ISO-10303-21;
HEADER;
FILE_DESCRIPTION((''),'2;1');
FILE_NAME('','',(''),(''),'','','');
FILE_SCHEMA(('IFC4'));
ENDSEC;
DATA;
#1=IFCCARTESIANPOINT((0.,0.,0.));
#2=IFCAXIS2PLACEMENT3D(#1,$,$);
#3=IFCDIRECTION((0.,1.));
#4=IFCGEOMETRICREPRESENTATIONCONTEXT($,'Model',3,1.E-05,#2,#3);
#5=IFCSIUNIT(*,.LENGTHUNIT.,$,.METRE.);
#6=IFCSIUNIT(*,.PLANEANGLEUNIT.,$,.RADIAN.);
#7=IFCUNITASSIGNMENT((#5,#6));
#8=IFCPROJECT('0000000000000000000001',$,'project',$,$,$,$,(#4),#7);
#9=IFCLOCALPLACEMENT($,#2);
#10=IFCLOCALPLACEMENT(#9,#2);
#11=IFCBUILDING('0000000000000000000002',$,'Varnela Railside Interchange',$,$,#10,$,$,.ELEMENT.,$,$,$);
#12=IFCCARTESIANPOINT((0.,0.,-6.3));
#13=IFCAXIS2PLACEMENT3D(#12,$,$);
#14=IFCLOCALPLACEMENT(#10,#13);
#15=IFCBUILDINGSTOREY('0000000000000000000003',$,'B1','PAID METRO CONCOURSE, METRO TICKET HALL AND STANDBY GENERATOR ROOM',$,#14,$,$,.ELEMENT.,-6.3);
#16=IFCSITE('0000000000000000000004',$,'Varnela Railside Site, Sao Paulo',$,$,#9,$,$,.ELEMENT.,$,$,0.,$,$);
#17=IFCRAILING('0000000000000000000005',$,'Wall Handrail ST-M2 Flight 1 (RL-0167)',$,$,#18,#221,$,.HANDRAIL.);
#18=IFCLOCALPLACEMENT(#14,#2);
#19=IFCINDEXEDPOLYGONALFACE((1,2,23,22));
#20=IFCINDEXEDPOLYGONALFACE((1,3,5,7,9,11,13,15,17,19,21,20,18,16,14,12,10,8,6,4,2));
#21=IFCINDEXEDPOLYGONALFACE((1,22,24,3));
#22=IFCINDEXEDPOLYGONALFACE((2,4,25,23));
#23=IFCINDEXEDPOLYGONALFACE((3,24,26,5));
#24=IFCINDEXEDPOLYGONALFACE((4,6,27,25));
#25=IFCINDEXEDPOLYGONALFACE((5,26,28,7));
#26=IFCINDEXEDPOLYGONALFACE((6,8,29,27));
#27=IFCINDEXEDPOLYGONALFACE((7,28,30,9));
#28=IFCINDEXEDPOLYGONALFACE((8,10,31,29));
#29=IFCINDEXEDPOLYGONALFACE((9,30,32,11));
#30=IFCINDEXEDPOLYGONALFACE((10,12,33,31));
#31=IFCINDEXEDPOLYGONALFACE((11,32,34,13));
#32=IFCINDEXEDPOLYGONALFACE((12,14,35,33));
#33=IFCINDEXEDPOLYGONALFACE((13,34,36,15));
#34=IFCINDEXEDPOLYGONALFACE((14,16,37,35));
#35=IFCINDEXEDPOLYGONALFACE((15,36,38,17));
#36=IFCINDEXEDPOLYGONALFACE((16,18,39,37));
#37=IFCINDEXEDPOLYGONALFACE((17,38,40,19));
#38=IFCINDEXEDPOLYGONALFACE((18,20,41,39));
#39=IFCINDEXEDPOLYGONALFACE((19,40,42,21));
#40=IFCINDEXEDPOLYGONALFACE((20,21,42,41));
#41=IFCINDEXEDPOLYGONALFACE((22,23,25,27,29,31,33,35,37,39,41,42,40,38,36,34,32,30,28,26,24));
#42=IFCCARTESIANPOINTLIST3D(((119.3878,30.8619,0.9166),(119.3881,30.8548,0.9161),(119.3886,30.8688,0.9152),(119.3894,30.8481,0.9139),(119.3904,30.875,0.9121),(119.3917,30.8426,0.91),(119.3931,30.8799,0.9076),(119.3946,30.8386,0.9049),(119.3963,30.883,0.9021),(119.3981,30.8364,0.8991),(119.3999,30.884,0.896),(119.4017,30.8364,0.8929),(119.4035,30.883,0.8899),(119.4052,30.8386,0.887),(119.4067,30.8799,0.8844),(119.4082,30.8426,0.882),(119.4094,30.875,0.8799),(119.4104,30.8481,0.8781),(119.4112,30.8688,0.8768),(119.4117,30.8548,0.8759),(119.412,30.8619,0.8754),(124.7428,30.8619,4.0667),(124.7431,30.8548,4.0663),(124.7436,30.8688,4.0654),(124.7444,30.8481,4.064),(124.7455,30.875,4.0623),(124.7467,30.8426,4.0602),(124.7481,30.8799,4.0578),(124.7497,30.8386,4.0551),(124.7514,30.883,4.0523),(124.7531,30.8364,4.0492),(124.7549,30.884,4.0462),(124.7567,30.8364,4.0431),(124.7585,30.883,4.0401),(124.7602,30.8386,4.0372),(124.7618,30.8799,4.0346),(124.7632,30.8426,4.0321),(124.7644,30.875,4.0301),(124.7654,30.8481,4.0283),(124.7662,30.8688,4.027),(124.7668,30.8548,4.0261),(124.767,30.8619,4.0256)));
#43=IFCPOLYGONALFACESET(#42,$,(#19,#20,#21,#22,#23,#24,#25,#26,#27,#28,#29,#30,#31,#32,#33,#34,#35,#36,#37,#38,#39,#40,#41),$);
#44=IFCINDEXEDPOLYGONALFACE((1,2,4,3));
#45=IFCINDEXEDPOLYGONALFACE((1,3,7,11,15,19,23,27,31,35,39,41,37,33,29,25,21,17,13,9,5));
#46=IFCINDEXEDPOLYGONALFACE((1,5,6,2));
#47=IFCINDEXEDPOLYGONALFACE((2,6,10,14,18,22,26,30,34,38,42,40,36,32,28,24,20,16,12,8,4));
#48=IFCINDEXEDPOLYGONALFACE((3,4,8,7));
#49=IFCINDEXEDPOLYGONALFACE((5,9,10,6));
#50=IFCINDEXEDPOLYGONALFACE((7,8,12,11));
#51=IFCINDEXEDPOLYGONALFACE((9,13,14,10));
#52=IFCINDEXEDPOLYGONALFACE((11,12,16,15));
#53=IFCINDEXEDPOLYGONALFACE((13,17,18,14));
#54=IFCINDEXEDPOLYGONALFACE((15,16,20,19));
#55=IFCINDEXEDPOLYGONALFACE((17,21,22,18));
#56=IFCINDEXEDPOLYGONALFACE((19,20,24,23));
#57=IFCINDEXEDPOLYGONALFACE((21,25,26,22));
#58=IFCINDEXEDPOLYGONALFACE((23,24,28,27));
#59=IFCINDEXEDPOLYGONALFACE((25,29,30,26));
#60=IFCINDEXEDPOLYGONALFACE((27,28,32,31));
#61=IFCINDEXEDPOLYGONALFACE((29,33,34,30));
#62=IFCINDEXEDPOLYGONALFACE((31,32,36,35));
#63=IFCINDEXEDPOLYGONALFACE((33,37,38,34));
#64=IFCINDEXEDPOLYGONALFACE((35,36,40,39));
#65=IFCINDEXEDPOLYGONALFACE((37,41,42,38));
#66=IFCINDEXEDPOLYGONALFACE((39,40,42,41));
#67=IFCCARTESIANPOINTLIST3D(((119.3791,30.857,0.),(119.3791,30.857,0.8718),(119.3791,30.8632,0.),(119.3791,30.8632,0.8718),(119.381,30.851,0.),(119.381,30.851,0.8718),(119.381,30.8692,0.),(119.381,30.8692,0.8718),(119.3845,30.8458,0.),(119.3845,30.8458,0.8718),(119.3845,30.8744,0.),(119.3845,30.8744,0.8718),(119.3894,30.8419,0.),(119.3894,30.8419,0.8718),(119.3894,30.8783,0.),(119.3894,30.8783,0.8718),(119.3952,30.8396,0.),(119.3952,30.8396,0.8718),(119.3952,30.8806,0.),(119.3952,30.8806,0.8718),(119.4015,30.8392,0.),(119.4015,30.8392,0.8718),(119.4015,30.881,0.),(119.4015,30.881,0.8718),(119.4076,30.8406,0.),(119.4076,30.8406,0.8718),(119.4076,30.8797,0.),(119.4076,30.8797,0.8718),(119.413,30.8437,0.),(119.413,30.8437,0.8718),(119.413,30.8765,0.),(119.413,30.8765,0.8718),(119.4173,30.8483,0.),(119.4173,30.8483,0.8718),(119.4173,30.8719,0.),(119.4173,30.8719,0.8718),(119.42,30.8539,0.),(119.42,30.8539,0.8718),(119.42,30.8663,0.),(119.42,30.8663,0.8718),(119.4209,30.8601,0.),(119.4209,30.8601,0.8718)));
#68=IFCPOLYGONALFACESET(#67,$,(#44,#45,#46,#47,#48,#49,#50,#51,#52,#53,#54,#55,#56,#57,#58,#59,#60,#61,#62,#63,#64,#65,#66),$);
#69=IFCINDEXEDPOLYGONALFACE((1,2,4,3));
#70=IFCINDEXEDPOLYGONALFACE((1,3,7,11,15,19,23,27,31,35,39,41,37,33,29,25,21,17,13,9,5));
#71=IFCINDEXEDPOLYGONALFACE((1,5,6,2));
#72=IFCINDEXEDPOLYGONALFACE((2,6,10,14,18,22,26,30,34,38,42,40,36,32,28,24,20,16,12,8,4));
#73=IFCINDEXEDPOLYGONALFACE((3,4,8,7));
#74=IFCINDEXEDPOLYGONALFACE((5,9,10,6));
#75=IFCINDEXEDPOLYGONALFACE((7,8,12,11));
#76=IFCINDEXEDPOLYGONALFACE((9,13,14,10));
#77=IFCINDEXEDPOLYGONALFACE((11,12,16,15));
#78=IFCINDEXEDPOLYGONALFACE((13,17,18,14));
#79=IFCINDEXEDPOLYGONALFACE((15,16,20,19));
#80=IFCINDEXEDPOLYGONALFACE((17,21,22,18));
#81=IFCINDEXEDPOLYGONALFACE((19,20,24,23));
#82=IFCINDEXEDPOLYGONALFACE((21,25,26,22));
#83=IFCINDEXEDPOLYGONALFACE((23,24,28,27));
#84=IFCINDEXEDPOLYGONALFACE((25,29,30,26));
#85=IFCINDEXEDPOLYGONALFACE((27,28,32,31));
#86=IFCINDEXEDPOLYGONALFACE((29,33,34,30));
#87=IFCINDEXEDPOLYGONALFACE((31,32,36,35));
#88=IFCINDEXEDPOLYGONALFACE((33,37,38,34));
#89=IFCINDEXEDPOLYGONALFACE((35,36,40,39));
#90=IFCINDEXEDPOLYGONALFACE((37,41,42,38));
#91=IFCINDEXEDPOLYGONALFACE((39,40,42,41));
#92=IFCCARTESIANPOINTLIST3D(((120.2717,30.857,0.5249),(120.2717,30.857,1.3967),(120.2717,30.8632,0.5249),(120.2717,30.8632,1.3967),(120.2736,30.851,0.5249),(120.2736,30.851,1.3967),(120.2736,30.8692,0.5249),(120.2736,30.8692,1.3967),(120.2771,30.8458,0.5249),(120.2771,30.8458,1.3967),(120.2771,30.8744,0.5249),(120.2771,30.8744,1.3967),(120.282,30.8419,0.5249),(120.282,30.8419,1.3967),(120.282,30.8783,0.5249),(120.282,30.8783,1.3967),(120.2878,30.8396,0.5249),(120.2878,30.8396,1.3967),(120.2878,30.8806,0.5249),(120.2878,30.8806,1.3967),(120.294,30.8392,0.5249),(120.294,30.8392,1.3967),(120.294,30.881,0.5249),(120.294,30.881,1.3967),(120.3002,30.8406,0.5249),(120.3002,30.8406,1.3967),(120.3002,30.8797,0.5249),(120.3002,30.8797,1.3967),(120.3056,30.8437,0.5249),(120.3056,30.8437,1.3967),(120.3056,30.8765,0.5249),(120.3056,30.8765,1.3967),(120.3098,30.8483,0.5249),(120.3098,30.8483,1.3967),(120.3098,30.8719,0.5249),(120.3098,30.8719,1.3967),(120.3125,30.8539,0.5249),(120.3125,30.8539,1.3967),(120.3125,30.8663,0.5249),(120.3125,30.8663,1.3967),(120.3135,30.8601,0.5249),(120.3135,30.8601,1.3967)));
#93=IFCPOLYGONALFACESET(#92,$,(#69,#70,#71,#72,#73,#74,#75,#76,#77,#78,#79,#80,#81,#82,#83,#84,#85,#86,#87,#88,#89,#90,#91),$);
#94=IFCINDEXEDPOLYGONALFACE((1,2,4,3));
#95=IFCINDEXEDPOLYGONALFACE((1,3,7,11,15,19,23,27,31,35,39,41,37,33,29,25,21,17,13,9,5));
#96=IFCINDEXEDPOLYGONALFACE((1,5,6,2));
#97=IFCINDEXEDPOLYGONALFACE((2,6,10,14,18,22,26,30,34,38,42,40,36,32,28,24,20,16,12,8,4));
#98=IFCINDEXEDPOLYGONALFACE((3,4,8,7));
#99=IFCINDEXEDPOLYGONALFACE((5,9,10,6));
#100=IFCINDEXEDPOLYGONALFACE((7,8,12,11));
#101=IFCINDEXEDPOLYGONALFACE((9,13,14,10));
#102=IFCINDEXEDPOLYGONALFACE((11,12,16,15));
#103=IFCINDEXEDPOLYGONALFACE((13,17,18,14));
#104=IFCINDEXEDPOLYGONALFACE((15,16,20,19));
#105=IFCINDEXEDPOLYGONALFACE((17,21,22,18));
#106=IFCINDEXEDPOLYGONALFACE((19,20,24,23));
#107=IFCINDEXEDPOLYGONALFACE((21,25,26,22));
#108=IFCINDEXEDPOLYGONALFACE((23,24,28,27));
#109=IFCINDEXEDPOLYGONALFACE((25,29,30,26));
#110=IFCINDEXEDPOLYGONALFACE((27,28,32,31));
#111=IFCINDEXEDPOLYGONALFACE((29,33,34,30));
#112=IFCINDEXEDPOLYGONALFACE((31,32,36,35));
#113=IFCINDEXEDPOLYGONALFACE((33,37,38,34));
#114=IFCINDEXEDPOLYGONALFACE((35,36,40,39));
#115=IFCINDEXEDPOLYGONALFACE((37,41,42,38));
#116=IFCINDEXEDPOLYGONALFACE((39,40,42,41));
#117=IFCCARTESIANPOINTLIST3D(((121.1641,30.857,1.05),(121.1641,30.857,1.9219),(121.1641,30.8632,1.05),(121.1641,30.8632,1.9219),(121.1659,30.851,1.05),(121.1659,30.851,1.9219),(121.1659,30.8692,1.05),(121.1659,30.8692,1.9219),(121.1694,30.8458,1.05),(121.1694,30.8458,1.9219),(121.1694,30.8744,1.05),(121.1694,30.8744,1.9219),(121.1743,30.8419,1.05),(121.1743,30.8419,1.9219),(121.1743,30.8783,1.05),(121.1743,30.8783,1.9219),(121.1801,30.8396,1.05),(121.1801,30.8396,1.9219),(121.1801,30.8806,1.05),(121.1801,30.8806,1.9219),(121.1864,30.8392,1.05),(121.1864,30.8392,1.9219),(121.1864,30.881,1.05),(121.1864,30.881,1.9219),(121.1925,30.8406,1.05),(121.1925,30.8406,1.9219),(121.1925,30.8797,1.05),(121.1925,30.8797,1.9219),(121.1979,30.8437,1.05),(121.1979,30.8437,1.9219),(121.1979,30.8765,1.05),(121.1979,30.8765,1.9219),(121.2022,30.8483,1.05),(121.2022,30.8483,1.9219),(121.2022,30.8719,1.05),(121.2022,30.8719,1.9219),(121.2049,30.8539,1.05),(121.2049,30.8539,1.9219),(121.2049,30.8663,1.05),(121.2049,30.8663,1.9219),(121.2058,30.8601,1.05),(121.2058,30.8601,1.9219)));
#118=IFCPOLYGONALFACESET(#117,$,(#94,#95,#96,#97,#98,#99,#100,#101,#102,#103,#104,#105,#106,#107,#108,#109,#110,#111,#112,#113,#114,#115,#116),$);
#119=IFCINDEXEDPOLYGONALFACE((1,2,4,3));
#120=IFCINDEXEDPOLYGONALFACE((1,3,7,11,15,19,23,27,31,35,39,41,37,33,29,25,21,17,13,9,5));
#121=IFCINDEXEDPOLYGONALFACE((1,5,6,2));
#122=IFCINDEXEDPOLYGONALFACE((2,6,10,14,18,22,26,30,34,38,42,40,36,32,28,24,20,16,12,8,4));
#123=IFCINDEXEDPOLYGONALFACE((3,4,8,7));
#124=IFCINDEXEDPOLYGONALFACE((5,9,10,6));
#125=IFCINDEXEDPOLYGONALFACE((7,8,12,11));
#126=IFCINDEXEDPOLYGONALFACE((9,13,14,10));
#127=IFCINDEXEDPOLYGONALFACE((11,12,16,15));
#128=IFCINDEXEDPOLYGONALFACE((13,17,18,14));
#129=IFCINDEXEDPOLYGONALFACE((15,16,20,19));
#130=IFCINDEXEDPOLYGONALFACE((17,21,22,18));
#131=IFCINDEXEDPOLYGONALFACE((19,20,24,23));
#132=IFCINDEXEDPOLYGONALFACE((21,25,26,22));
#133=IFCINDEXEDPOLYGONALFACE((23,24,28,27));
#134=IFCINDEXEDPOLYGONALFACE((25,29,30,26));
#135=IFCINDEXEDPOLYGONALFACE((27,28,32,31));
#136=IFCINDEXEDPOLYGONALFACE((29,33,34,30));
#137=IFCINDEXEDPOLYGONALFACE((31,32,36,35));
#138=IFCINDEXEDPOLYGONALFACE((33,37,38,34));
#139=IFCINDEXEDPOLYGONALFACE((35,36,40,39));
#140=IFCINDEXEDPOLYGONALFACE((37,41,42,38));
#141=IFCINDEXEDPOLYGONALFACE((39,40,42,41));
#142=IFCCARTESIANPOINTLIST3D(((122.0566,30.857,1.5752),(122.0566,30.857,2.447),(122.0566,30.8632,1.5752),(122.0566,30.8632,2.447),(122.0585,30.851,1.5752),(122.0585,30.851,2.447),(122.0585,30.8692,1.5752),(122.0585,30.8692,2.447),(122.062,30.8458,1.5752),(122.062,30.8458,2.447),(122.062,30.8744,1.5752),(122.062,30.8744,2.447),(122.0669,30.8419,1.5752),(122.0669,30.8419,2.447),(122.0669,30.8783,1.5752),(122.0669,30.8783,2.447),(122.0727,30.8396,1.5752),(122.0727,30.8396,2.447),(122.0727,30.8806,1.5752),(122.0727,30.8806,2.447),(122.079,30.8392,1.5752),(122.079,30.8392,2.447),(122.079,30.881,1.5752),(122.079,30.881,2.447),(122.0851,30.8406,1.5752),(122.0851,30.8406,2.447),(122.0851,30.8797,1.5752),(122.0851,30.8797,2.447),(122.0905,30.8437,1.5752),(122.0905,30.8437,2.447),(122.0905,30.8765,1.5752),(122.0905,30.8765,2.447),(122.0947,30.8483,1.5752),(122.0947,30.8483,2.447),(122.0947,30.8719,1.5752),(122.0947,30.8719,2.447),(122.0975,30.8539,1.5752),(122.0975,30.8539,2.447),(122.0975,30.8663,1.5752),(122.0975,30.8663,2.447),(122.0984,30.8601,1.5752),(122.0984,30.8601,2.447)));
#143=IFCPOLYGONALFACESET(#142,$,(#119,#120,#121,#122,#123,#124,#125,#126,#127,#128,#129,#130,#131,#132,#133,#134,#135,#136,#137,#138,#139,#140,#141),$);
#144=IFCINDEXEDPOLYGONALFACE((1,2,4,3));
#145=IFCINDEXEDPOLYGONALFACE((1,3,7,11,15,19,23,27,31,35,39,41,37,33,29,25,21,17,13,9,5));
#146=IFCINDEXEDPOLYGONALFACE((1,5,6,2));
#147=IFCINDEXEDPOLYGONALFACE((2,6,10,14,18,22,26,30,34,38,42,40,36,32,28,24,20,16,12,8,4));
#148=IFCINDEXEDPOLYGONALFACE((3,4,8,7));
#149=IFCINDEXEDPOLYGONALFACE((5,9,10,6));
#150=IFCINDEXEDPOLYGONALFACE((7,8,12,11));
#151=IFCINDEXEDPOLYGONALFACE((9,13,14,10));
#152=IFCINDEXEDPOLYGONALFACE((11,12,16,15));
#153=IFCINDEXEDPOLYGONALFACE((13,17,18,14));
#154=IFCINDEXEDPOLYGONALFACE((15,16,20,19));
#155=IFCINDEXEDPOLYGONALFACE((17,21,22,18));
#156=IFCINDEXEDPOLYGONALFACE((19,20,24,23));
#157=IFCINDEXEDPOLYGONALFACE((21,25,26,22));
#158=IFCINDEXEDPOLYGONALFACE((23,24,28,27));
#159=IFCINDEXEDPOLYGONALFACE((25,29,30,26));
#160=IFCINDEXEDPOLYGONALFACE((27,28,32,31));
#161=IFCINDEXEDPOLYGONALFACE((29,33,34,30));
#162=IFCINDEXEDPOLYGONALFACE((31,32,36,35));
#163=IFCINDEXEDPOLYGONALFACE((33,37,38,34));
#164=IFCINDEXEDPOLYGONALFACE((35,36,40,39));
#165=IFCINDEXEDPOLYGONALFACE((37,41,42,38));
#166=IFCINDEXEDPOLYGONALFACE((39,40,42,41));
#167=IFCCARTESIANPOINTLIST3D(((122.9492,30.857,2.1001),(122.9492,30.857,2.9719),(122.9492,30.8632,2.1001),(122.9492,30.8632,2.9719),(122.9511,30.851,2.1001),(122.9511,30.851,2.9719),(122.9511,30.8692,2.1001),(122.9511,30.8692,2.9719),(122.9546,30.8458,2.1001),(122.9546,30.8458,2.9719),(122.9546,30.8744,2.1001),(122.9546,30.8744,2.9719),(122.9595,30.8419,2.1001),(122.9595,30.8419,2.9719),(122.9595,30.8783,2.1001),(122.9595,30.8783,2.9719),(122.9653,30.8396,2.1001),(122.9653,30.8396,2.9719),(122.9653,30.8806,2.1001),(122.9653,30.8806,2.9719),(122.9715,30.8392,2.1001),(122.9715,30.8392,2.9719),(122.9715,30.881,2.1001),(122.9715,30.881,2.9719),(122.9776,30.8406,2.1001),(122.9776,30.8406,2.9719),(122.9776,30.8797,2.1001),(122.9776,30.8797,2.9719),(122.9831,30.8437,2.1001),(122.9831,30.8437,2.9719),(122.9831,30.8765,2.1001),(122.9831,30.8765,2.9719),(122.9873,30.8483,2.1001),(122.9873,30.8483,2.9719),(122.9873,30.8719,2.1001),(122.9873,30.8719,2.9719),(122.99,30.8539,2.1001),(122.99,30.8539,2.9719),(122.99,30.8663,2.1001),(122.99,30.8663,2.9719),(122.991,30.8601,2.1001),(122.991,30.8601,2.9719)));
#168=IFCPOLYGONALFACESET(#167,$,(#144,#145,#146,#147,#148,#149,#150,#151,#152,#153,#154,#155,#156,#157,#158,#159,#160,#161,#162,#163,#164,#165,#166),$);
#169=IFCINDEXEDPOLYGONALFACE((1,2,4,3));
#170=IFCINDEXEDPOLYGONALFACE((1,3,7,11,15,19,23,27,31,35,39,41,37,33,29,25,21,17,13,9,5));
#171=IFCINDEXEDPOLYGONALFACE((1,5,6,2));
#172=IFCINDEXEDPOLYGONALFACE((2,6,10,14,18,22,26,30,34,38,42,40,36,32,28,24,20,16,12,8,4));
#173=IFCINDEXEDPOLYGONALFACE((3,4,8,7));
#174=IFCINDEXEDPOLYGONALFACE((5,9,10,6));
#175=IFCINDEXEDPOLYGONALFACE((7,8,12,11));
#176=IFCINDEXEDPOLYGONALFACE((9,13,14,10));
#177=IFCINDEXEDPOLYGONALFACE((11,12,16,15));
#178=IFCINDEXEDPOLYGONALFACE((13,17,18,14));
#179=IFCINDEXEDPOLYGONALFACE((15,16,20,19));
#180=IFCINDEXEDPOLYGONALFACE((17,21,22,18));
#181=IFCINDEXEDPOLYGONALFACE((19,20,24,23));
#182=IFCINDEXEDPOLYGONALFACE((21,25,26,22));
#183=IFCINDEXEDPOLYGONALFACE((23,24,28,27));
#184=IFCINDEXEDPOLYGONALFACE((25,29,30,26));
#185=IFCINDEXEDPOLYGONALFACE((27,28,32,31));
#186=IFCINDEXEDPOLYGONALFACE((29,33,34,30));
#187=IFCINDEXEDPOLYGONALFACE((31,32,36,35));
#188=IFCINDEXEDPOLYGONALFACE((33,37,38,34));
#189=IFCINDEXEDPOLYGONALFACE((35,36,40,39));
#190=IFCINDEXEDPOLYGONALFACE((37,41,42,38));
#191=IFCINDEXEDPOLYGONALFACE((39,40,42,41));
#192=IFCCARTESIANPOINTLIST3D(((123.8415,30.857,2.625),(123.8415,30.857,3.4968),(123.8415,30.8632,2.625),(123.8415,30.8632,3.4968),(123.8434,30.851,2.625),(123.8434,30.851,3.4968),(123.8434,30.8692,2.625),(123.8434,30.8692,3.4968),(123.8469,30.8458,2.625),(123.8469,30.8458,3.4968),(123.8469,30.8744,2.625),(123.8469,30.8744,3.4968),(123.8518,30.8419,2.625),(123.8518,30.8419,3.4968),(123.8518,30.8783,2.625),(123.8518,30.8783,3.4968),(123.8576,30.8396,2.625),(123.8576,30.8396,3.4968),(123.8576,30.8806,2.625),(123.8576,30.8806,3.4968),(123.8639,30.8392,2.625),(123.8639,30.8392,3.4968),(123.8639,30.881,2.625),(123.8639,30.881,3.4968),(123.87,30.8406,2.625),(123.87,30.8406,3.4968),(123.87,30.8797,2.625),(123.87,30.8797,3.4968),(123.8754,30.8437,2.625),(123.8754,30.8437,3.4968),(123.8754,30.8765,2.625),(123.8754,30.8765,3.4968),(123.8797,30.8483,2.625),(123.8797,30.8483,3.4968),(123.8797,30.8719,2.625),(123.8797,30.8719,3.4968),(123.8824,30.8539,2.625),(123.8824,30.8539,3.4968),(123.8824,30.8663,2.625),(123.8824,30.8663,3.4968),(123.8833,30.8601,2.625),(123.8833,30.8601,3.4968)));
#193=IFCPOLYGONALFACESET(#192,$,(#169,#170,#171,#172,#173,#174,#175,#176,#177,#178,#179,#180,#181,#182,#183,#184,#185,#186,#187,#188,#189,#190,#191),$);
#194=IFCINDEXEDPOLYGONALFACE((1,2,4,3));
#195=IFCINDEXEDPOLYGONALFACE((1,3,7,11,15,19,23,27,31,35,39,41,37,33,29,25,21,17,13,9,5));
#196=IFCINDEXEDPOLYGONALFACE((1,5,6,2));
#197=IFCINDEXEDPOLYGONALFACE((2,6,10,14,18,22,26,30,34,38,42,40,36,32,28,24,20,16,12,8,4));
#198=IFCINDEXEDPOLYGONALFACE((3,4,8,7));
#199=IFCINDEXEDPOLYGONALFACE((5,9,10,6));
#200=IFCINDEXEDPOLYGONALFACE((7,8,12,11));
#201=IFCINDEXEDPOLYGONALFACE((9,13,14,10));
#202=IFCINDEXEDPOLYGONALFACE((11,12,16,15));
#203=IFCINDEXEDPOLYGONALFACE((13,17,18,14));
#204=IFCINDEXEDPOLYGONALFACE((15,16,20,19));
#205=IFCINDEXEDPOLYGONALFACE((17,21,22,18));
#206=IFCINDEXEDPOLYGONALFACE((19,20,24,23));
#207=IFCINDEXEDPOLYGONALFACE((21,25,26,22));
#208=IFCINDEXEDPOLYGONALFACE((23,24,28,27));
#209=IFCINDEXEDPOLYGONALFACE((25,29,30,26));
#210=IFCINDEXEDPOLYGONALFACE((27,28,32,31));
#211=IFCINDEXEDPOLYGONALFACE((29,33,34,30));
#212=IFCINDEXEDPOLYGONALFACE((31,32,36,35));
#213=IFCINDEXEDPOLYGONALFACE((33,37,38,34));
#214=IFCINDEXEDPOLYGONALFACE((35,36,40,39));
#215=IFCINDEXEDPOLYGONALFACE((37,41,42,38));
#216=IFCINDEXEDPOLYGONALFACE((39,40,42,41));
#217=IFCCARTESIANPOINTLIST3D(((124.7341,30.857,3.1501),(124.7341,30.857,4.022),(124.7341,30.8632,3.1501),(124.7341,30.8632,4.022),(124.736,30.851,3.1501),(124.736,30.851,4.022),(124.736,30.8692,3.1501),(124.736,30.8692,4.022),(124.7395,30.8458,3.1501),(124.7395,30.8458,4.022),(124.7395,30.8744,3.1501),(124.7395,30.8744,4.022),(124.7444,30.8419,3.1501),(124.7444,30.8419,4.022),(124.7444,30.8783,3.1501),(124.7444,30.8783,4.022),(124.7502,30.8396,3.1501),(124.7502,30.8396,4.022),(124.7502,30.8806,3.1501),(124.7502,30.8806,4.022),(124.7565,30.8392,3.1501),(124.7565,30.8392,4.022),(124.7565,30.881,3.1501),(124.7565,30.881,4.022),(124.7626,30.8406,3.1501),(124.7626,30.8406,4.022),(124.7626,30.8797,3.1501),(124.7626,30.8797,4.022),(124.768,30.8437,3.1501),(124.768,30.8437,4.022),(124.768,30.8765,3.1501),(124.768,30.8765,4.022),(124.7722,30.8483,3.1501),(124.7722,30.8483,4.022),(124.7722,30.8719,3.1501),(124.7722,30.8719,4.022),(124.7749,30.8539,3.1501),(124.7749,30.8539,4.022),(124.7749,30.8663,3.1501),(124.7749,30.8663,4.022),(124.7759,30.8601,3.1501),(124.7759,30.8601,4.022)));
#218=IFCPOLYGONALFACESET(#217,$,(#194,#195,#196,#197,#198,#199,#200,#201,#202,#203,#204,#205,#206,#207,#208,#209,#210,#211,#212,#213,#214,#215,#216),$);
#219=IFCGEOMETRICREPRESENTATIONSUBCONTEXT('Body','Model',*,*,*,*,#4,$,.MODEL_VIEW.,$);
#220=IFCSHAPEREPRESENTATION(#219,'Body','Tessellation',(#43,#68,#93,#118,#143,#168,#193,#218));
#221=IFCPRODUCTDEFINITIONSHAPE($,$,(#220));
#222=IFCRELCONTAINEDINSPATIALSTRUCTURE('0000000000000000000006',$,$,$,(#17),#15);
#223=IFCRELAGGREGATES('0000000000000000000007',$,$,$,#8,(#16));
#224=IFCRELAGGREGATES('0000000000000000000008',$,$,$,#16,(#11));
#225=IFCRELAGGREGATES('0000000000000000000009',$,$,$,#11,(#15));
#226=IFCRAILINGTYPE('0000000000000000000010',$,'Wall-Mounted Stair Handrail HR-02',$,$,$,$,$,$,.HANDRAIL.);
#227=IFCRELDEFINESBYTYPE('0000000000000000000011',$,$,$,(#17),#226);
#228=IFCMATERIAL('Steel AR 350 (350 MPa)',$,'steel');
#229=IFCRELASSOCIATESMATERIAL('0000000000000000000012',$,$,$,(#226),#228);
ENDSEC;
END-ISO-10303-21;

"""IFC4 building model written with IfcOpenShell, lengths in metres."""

from ifc_helpers import new_model, si_unit, direction, frame, origin, origin_2d, place, context, subcontext, project, spatial, circle, extrude, material, type_object, element, save


model = new_model("IFC4")

# Units and contexts
model_context = context("Model", 3, precision=1e-05, world=origin(), true_north=direction((0.0, 1.0)))
body_context = subcontext(model_context, "Body", "Model", "MODEL_VIEW")
ifc_project = project(units=[si_unit("LENGTHUNIT", "METRE"), si_unit("PLANEANGLEUNIT", "RADIAN")], contexts=[model_context])

# Site, building, storey
site_placement = place(None, origin())
site = spatial("IfcSite", under=ifc_project, at=site_placement, Name="Varnela Railside Site, Sao Paulo", CompositionType="ELEMENT", RefElevation=0.0)
building_placement = place(site_placement, origin())
building = spatial("IfcBuilding", under=site, at=building_placement, Name="Varnela Railside Interchange", CompositionType="ELEMENT")
storey_placement = place(building_placement, frame((0.0, 0.0, -6.3)))
storey = spatial("IfcBuildingStorey", under=building, at=storey_placement, Name="B1", Description="PAID METRO CONCOURSE, METRO TICKET HALL AND STANDBY GENERATOR ROOM", CompositionType="ELEMENT", Elevation=-6.3)

# Railing
ifc_material_1 = material(Name="Steel AR 350 (350 MPa)", Category="steel")
railing_type_1 = type_object("IfcRailingType", Name="Wall-Mounted Stair Handrail HR-02", PredefinedType="HANDRAIL", material=ifc_material_1)
railing_1_placement = place(storey_placement, frame((119.3999, 30.8601, 0.0)))
element("IfcRailing", 1, at=railing_1_placement, inside=storey, type_object=railing_type_1, Name="Wall Handrail ST-M2 Flight 1 (RL-0167)", PredefinedType="HANDRAIL", context=body_context, shape_type="SweptSolid", body=[
    extrude(circle(Radius=0.0239, at=origin_2d()), frame((0.0, 0.0, 0.896), z_axis=(0.861923, 0.0, 0.507039), x_axis=(0.0, 1.0, 0.0)), (0.0, 0.0, 1.0), 6.2129),
    extrude(circle(Radius=0.021, at=origin_2d()), origin(), (0.0, 0.0, 1.0), 0.8718),
    extrude(circle(Radius=0.021, at=origin_2d()), frame((0.8926, 0.0, 0.5249)), (0.0, 0.0, 1.0), 0.8718),
    extrude(circle(Radius=0.021, at=origin_2d()), frame((1.7849, 0.0, 1.05)), (0.0, 0.0, 1.0), 0.8718),
    extrude(circle(Radius=0.021, at=origin_2d()), frame((2.6775, 0.0, 1.5752)), (0.0, 0.0, 1.0), 0.8718),
    extrude(circle(Radius=0.021, at=origin_2d()), frame((3.5701, 0.0, 2.1001)), (0.0, 0.0, 1.0), 0.8718),
    extrude(circle(Radius=0.021, at=origin_2d()), frame((4.4624, 0.0, 2.625)), (0.0, 0.0, 1.0), 0.8718),
    extrude(circle(Radius=0.021, at=origin_2d()), frame((5.355, 0.0, 3.1501)), (0.0, 0.0, 1.0), 0.8718),
])

save(model, "model.ifc")
